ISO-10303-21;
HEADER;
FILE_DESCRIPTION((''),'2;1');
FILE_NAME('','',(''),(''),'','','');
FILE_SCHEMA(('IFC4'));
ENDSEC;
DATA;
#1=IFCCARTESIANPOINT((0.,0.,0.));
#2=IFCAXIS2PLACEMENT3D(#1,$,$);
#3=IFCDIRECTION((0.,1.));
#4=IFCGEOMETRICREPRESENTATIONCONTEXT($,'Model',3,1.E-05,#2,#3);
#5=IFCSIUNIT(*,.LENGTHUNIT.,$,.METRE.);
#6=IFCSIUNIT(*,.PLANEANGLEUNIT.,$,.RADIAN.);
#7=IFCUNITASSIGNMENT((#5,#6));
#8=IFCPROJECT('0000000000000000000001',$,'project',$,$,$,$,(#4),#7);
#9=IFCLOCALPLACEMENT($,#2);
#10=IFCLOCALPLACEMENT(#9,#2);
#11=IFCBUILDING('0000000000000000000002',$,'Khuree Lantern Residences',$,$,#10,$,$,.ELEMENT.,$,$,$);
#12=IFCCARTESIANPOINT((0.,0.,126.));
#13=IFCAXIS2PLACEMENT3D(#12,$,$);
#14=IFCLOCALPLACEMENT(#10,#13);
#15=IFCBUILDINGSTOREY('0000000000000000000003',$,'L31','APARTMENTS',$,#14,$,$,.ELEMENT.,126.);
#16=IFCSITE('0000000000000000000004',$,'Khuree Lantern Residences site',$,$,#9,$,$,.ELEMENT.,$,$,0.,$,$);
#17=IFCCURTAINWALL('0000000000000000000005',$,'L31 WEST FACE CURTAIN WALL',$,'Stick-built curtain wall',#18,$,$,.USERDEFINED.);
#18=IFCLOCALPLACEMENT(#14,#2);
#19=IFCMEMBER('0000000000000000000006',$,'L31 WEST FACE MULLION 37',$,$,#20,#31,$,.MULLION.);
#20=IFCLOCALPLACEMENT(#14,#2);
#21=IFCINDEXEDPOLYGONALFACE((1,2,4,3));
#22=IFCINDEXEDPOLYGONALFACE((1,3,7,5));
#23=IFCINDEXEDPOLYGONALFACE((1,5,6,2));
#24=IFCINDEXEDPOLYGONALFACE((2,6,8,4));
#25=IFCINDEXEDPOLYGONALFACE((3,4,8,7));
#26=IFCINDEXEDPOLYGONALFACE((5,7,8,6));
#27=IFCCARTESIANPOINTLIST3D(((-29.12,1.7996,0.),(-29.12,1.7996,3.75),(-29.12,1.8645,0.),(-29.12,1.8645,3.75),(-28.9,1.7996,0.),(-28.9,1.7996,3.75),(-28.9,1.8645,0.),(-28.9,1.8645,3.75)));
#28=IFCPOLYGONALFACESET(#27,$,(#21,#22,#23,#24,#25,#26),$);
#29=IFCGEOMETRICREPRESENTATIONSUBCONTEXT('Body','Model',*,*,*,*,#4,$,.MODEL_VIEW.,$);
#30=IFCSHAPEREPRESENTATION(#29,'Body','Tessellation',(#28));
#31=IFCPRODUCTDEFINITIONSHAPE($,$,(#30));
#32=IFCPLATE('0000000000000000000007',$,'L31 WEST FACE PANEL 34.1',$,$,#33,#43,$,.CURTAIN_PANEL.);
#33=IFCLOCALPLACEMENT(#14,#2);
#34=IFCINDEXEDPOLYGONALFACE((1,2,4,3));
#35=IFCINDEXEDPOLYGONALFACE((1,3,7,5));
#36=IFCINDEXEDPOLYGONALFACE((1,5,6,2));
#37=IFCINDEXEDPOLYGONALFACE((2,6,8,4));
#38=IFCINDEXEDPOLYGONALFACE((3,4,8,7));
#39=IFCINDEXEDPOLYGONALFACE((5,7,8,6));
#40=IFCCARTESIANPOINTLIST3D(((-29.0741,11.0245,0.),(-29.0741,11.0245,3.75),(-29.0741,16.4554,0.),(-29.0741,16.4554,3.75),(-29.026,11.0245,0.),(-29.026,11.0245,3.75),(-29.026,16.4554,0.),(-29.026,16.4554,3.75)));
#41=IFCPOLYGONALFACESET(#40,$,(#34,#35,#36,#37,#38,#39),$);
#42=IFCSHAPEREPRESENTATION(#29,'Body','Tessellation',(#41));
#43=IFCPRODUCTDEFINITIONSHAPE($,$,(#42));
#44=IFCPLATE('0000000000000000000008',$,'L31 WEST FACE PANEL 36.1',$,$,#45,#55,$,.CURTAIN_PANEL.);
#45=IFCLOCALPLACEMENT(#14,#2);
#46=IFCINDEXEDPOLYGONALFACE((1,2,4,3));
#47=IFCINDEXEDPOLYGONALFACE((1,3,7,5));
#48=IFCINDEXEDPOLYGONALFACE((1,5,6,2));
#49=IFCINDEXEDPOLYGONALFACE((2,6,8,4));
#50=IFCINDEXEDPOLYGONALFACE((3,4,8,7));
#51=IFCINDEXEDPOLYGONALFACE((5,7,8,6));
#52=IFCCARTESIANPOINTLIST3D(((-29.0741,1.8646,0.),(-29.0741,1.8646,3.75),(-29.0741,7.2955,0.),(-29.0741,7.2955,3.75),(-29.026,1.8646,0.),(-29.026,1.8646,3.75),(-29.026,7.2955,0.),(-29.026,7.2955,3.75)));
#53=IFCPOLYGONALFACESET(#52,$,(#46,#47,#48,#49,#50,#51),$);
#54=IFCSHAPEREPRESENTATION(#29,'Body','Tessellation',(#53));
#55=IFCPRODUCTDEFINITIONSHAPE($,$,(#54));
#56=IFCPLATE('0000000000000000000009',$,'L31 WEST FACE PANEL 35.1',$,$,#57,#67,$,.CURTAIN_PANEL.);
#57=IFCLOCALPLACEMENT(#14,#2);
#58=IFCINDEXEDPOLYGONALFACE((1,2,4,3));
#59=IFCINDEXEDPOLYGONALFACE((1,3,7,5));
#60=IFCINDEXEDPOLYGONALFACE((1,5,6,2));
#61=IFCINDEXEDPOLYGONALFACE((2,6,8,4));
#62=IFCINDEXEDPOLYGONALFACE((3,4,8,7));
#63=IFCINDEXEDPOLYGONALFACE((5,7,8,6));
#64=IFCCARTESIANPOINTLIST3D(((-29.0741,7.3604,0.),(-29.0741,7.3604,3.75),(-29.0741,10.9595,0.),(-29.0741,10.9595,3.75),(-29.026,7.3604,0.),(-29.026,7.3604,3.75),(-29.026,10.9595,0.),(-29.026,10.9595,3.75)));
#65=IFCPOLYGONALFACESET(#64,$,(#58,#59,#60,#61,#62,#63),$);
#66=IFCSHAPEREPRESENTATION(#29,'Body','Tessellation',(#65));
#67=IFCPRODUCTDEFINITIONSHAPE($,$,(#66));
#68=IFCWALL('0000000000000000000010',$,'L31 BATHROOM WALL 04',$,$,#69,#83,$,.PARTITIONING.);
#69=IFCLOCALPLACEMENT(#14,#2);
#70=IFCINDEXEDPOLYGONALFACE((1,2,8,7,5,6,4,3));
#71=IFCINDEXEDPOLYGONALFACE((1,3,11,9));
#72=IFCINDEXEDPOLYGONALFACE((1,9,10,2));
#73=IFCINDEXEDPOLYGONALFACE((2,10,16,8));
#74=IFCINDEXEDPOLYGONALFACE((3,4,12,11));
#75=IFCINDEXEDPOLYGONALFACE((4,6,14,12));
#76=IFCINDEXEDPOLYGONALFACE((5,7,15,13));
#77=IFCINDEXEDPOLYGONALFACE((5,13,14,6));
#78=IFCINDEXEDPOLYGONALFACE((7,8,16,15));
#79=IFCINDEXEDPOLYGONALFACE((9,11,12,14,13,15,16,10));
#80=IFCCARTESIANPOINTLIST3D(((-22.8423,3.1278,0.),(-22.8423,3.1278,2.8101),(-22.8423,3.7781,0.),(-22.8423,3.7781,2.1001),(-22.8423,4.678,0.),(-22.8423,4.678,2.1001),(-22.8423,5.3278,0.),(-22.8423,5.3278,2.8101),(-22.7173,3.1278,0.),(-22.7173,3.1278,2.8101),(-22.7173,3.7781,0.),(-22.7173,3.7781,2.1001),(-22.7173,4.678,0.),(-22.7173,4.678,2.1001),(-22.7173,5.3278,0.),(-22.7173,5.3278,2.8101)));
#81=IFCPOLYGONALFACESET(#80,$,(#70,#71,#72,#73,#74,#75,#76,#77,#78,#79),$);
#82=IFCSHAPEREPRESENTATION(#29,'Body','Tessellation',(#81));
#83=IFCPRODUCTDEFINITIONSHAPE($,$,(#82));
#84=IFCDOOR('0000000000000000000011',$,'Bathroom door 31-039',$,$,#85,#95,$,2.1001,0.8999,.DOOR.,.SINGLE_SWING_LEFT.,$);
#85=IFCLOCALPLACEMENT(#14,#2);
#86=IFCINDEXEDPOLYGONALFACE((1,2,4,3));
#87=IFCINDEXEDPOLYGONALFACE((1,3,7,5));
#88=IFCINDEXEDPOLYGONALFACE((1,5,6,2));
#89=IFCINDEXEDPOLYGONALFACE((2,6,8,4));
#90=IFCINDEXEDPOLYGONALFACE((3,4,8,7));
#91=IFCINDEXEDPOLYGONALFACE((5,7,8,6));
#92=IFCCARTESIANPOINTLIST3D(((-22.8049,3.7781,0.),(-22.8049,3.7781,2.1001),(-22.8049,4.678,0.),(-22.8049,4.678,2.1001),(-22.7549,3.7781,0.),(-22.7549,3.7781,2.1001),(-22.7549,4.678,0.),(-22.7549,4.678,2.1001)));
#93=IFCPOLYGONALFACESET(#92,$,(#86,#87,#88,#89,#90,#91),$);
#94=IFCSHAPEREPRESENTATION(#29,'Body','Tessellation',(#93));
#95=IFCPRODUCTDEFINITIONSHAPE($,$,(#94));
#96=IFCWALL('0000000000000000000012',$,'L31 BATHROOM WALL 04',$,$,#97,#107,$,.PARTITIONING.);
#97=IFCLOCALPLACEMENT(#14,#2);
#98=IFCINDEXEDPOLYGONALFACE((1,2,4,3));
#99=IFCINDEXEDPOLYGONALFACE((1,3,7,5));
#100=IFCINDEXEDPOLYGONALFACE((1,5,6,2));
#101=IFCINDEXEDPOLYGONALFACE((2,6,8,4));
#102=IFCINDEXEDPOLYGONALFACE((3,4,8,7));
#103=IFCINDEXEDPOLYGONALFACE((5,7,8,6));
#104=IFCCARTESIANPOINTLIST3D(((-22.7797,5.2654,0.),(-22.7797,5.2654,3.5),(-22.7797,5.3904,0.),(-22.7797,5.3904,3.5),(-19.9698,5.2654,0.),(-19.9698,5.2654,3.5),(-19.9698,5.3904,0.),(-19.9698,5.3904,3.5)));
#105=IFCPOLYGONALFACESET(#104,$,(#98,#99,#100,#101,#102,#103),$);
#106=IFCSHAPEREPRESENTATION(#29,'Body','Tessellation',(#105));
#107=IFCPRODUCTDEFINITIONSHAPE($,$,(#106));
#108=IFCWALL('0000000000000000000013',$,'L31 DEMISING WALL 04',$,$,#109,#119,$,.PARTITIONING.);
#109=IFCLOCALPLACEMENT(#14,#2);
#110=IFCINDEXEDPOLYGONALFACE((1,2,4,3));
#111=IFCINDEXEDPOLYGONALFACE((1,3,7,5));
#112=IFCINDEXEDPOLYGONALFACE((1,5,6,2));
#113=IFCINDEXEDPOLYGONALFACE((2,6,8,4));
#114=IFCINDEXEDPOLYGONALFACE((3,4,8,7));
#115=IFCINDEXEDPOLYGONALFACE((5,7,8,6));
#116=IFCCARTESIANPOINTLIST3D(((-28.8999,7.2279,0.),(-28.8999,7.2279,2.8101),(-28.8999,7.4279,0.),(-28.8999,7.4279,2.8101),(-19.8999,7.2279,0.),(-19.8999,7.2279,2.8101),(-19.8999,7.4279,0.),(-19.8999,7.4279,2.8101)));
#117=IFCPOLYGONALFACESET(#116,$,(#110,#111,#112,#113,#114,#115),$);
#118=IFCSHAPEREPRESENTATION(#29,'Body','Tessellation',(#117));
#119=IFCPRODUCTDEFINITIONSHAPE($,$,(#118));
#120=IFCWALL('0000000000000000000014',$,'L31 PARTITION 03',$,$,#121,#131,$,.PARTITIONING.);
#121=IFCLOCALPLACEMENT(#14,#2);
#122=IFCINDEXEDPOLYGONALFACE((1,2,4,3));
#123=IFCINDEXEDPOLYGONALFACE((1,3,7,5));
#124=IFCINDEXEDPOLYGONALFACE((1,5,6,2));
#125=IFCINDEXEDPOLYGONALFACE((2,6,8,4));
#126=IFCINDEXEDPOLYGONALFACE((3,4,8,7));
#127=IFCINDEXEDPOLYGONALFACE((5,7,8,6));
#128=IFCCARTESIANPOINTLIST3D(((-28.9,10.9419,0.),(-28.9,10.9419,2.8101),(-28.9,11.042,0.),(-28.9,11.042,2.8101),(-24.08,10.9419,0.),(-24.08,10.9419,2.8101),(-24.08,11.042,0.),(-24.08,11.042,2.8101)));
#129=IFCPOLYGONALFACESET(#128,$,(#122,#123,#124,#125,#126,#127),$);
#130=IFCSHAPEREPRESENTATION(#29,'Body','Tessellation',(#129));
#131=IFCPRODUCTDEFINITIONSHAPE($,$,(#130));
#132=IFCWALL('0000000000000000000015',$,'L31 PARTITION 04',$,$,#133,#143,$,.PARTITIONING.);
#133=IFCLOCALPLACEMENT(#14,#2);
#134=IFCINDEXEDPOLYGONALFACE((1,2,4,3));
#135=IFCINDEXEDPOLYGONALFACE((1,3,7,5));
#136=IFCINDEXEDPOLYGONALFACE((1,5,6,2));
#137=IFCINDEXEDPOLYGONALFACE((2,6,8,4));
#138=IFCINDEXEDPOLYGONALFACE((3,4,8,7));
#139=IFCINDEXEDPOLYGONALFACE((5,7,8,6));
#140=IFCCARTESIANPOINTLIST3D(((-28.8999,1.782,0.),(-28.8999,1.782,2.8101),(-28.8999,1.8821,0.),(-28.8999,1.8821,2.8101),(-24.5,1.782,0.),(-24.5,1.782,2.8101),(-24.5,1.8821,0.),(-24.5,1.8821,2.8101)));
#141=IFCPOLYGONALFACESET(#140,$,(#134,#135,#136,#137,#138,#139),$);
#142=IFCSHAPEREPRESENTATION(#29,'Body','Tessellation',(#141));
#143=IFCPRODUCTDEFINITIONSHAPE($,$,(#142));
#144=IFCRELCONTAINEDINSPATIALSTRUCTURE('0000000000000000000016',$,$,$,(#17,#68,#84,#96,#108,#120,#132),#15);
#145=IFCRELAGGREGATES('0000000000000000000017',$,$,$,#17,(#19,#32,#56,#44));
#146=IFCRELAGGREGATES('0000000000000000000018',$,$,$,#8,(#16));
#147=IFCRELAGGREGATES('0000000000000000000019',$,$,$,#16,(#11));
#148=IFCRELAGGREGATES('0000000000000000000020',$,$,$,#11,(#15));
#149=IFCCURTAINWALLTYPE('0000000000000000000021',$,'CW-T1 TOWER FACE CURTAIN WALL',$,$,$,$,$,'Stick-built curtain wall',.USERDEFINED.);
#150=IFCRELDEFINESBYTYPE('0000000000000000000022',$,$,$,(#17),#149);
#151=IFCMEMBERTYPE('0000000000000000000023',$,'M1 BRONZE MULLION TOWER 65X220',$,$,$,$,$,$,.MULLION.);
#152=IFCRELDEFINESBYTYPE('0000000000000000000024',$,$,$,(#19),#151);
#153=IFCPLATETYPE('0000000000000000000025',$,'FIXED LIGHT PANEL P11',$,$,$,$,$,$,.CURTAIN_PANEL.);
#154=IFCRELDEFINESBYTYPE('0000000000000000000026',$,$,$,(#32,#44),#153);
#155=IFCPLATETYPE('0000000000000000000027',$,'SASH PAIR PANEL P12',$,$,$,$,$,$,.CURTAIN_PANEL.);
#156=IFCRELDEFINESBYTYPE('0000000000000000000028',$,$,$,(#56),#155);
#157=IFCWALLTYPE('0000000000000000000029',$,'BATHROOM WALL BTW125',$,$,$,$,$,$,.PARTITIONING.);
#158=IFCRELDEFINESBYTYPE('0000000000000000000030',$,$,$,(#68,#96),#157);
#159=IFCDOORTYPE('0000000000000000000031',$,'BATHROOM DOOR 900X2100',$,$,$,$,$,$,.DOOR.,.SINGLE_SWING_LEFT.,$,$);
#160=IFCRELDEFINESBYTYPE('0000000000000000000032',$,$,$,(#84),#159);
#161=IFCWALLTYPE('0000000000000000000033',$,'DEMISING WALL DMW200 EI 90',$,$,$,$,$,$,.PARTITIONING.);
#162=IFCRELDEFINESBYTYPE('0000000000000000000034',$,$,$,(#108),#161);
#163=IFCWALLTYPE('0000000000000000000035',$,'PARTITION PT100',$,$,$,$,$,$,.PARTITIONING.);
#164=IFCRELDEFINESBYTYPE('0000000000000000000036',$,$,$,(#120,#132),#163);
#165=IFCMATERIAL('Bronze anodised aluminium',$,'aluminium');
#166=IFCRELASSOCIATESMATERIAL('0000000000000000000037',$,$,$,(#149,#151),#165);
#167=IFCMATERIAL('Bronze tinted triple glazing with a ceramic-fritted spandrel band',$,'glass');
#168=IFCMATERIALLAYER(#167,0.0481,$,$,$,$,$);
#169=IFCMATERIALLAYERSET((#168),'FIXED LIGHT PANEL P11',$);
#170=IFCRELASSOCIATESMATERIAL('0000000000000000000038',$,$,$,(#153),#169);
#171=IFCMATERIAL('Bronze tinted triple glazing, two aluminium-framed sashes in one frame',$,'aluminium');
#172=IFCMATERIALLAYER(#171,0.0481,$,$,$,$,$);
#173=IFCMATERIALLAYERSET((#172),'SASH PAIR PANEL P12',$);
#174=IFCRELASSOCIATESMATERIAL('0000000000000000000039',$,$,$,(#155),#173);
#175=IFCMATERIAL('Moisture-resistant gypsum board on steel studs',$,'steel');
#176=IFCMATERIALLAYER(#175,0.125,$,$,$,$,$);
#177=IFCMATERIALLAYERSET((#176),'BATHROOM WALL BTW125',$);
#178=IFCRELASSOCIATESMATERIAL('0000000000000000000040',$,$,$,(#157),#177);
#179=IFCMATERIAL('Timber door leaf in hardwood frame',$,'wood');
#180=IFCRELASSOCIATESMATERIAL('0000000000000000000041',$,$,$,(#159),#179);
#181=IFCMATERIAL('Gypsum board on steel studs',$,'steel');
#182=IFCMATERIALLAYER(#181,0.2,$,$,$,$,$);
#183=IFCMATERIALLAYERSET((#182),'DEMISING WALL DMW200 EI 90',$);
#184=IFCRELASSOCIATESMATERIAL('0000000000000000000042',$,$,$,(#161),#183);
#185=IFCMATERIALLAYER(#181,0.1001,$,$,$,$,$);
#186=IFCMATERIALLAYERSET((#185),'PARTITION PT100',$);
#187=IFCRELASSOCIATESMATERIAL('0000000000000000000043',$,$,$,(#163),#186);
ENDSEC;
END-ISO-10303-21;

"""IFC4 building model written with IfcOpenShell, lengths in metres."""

from ifc_helpers import new_model, si_unit, direction, frame, frame_2d, origin, origin_2d, place, context, subcontext, project, spatial, rectangle, extrude, material, layer, layer_set, material_profile, profile_set, type_object, element, fill, aggregate, save


model = new_model("IFC4")

# Units and contexts
model_context = context("Model", 3, precision=1e-05, world=origin(), true_north=direction((0.0, 1.0)))
body_context = subcontext(model_context, "Body", "Model", "MODEL_VIEW")
ifc_project = project(units=[si_unit("LENGTHUNIT", "METRE"), si_unit("PLANEANGLEUNIT", "RADIAN")], contexts=[model_context])

# Site, building, storey
site_placement = place(None, origin())
site = spatial("IfcSite", under=ifc_project, at=site_placement, Name="Khuree Lantern Residences site", CompositionType="ELEMENT", RefElevation=0.0)
building_placement = place(site_placement, origin())
building = spatial("IfcBuilding", under=site, at=building_placement, Name="Khuree Lantern Residences", CompositionType="ELEMENT")
storey_placement = place(building_placement, frame((0.0, 0.0, 126.0)))
storey = spatial("IfcBuildingStorey", under=building, at=storey_placement, Name="L31", Description="APARTMENTS", CompositionType="ELEMENT", Elevation=126.0)

# Curtain wall
ifc_material_1 = material(Name="Bronze anodised aluminium", Category="aluminium")
curtain_wall_type = type_object("IfcCurtainWallType", Name="CW-T1 TOWER FACE CURTAIN WALL", ElementType="Stick-built curtain wall", PredefinedType="USERDEFINED", material=ifc_material_1)
curtain_wall_placement = place(storey_placement, origin())
curtain_wall = element("IfcCurtainWall", 1, at=curtain_wall_placement, inside=storey, type_object=curtain_wall_type, Name="L31 WEST FACE CURTAIN WALL", ObjectType="Stick-built curtain wall", PredefinedType="USERDEFINED")

# Member
ifc_material_profile_1 = material_profile(ifc_material_1, rectangle(XDim=0.0649, YDim=0.22, at=origin_2d()), Name="M1 65X220")
ifc_profile_set_1 = profile_set([ifc_material_profile_1], Name="Bronze anodised aluminium")
member_type_1 = type_object("IfcMemberType", Name="M1 BRONZE MULLION TOWER 65X220", PredefinedType="MULLION", material=ifc_profile_set_1)
member_1_placement = place(storey_placement, frame((-29.01, 1.832, 0.0), z_axis=(0.0, 0.0, 1.0), x_axis=(0.0, -1.0, 0.0)))
member_1 = element("IfcMember", 2, at=member_1_placement, type_object=member_type_1, Name="L31 WEST FACE MULLION 37", PredefinedType="MULLION", context=body_context, shape_type="SweptSolid", body=[
    extrude(rectangle(XDim=0.0649, YDim=0.22, at=origin_2d()), origin(), (0.0, 0.0, 1.0), 3.75),
])

# Plates
ifc_material_2 = material(Name="Bronze tinted triple glazing with a ceramic-fritted spandrel band", Category="glass")
ifc_layer_1 = layer(ifc_material_2, 0.0481)
ifc_layer_set_1 = layer_set([ifc_layer_1], Name="FIXED LIGHT PANEL P11")
plate_type_1 = type_object("IfcPlateType", Name="FIXED LIGHT PANEL P11", PredefinedType="CURTAIN_PANEL", material=ifc_layer_set_1)
plate_1_placement = place(storey_placement, frame((-29.05, 13.74, 0.0), z_axis=(0.0, 0.0, 1.0), x_axis=(0.0, -1.0, 0.0)))
plate_1 = element("IfcPlate", 3, at=plate_1_placement, type_object=plate_type_1, Name="L31 WEST FACE PANEL 34.1", PredefinedType="CURTAIN_PANEL", context=body_context, shape_type="SweptSolid", body=[
    extrude(rectangle(XDim=5.4309, YDim=0.0481, at=origin_2d()), origin(), (0.0, 0.0, 1.0), 3.75),
])
plate_2_placement = place(storey_placement, frame((-29.05, 4.5801, 0.0), z_axis=(0.0, 0.0, 1.0), x_axis=(0.0, -1.0, 0.0)))
plate_2 = element("IfcPlate", 4, at=plate_2_placement, type_object=plate_type_1, Name="L31 WEST FACE PANEL 36.1", PredefinedType="CURTAIN_PANEL", context=body_context, shape_type="SweptSolid", body=[
    extrude(rectangle(XDim=5.4309, YDim=0.0481, at=origin_2d()), origin(), (0.0, 0.0, 1.0), 3.75),
])
ifc_material_3 = material(Name="Bronze tinted triple glazing, two aluminium-framed sashes in one frame", Category="aluminium")
ifc_layer_2 = layer(ifc_material_3, 0.0481)
ifc_layer_set_2 = layer_set([ifc_layer_2], Name="SASH PAIR PANEL P12")
plate_type_2 = type_object("IfcPlateType", Name="SASH PAIR PANEL P12", PredefinedType="CURTAIN_PANEL", material=ifc_layer_set_2)
plate_3_placement = place(storey_placement, frame((-29.05, 9.1599, 0.0), z_axis=(0.0, 0.0, 1.0), x_axis=(0.0, -1.0, 0.0)))
plate_3 = element("IfcPlate", 5, at=plate_3_placement, type_object=plate_type_2, Name="L31 WEST FACE PANEL 35.1", PredefinedType="CURTAIN_PANEL", context=body_context, shape_type="SweptSolid", body=[
    extrude(rectangle(XDim=3.5991, YDim=0.0481, at=origin_2d()), origin(), (0.0, 0.0, 1.0), 3.75),
])
aggregate(curtain_wall, [member_1, plate_1, plate_3, plate_2])

# Wall, opening, door
ifc_material_4 = material(Name="Moisture-resistant gypsum board on steel studs", Category="steel")
ifc_layer_3 = layer(ifc_material_4, 0.125)
ifc_layer_set_3 = layer_set([ifc_layer_3], Name="BATHROOM WALL BTW125")
wall_type_1 = type_object("IfcWallType", Name="BATHROOM WALL BTW125", PredefinedType="PARTITIONING", material=ifc_layer_set_3)
wall_1_placement = place(storey_placement, frame((-22.7798, 5.3279, 0.0), z_axis=(0.0, 0.0, 1.0), x_axis=(0.0, -1.0, 0.0)))
wall_1 = element("IfcWall", 6, at=wall_1_placement, inside=storey, type_object=wall_type_1, Name="L31 BATHROOM WALL 04", PredefinedType="PARTITIONING", context=body_context, shape_type="SweptSolid", body=[
    extrude(rectangle(XDim=2.2, YDim=0.125, at=frame_2d((1.1001, 0.0))), origin(), (0.0, 0.0, 1.0), 2.8101),
])
opening_1_placement = place(wall_1_placement, frame((0.6499, 0.0, 0.0)))
opening_1 = element("IfcOpeningElement", 7, at=opening_1_placement, cuts=wall_1, PredefinedType="OPENING", context=body_context, shape_type="SweptSolid", body=[
    extrude(rectangle(XDim=0.8999, YDim=2.1001, at=frame_2d((0.45, 1.05))), frame((0.0, 0.0725, 0.0), z_axis=(0.0, -1.0, 0.0), x_axis=(1.0, 0.0, 0.0)), (0.0, 0.0, 1.0), 0.145),
])
ifc_material_5 = material(Name="Timber door leaf in hardwood frame", Category="wood")
door_type_1 = type_object("IfcDoorType", Name="BATHROOM DOOR 900X2100", OperationType="SINGLE_SWING_LEFT", PredefinedType="DOOR", material=ifc_material_5)
door_1_placement = place(opening_1_placement, origin())
door_1 = element("IfcDoor", 8, at=door_1_placement, inside=storey, type_object=door_type_1, Name="Bathroom door 31-039", OperationType="SINGLE_SWING_LEFT", OverallHeight=2.1001, OverallWidth=0.8999, PredefinedType="DOOR", context=body_context, shape_type="SweptSolid", body=[
    extrude(rectangle(XDim=0.8999, YDim=2.1001, at=frame_2d((0.45, 1.05))), frame((0.0, 0.0249, 0.0), z_axis=(0.0, -1.0, 0.0), x_axis=(1.0, 0.0, 0.0)), (0.0, 0.0, 1.0), 0.05),
])
fill(opening_1, door_1)

# Walls
wall_2_placement = place(storey_placement, frame((-19.97, 5.3279, 0.0), z_axis=(0.0, 0.0, 1.0), x_axis=(-1.0, 0.0, 0.0)))
element("IfcWall", 9, at=wall_2_placement, inside=storey, type_object=wall_type_1, Name="L31 BATHROOM WALL 04", PredefinedType="PARTITIONING", context=body_context, shape_type="SweptSolid", body=[
    extrude(rectangle(XDim=2.8098, YDim=0.125, at=frame_2d((1.4048, 0.0))), origin(), (0.0, 0.0, 1.0), 3.5),
])
ifc_material_6 = material(Name="Gypsum board on steel studs", Category="steel")
ifc_layer_4 = layer(ifc_material_6, 0.2)
ifc_layer_set_4 = layer_set([ifc_layer_4], Name="DEMISING WALL DMW200 EI 90")
wall_type_2 = type_object("IfcWallType", Name="DEMISING WALL DMW200 EI 90", PredefinedType="PARTITIONING", material=ifc_layer_set_4)
wall_3_placement = place(storey_placement, frame((-19.8999, 7.3279, 0.0), z_axis=(0.0, 0.0, 1.0), x_axis=(-1.0, 0.0, 0.0)))
element("IfcWall", 10, at=wall_3_placement, inside=storey, type_object=wall_type_2, Name="L31 DEMISING WALL 04", PredefinedType="PARTITIONING", context=body_context, shape_type="SweptSolid", body=[
    extrude(rectangle(XDim=9.0, YDim=0.2, at=frame_2d((4.5, 0.0))), origin(), (0.0, 0.0, 1.0), 2.8101),
])
ifc_layer_5 = layer(ifc_material_6, 0.1001)
ifc_layer_set_5 = layer_set([ifc_layer_5], Name="PARTITION PT100")
wall_type_3 = type_object("IfcWallType", Name="PARTITION PT100", PredefinedType="PARTITIONING", material=ifc_layer_set_5)
wall_4_placement = place(storey_placement, frame((-24.0798, 10.9919, 0.0), z_axis=(0.0, 0.0, 1.0), x_axis=(-1.0, 0.0, 0.0)))
element("IfcWall", 11, at=wall_4_placement, inside=storey, type_object=wall_type_3, Name="L31 PARTITION 03", PredefinedType="PARTITIONING", context=body_context, shape_type="SweptSolid", body=[
    extrude(rectangle(XDim=4.8201, YDim=0.1001, at=frame_2d((2.4102, 0.0))), origin(), (0.0, 0.0, 1.0), 2.8101),
])
wall_5_placement = place(storey_placement, frame((-24.5, 1.832, 0.0), z_axis=(0.0, 0.0, 1.0), x_axis=(-1.0, 0.0, 0.0)))
element("IfcWall", 12, at=wall_5_placement, inside=storey, type_object=wall_type_3, Name="L31 PARTITION 04", PredefinedType="PARTITIONING", context=body_context, shape_type="SweptSolid", body=[
    extrude(rectangle(XDim=4.3999, YDim=0.1001, at=frame_2d((2.2, 0.0))), origin(), (0.0, 0.0, 1.0), 2.8101),
])

save(model, "model.ifc")
